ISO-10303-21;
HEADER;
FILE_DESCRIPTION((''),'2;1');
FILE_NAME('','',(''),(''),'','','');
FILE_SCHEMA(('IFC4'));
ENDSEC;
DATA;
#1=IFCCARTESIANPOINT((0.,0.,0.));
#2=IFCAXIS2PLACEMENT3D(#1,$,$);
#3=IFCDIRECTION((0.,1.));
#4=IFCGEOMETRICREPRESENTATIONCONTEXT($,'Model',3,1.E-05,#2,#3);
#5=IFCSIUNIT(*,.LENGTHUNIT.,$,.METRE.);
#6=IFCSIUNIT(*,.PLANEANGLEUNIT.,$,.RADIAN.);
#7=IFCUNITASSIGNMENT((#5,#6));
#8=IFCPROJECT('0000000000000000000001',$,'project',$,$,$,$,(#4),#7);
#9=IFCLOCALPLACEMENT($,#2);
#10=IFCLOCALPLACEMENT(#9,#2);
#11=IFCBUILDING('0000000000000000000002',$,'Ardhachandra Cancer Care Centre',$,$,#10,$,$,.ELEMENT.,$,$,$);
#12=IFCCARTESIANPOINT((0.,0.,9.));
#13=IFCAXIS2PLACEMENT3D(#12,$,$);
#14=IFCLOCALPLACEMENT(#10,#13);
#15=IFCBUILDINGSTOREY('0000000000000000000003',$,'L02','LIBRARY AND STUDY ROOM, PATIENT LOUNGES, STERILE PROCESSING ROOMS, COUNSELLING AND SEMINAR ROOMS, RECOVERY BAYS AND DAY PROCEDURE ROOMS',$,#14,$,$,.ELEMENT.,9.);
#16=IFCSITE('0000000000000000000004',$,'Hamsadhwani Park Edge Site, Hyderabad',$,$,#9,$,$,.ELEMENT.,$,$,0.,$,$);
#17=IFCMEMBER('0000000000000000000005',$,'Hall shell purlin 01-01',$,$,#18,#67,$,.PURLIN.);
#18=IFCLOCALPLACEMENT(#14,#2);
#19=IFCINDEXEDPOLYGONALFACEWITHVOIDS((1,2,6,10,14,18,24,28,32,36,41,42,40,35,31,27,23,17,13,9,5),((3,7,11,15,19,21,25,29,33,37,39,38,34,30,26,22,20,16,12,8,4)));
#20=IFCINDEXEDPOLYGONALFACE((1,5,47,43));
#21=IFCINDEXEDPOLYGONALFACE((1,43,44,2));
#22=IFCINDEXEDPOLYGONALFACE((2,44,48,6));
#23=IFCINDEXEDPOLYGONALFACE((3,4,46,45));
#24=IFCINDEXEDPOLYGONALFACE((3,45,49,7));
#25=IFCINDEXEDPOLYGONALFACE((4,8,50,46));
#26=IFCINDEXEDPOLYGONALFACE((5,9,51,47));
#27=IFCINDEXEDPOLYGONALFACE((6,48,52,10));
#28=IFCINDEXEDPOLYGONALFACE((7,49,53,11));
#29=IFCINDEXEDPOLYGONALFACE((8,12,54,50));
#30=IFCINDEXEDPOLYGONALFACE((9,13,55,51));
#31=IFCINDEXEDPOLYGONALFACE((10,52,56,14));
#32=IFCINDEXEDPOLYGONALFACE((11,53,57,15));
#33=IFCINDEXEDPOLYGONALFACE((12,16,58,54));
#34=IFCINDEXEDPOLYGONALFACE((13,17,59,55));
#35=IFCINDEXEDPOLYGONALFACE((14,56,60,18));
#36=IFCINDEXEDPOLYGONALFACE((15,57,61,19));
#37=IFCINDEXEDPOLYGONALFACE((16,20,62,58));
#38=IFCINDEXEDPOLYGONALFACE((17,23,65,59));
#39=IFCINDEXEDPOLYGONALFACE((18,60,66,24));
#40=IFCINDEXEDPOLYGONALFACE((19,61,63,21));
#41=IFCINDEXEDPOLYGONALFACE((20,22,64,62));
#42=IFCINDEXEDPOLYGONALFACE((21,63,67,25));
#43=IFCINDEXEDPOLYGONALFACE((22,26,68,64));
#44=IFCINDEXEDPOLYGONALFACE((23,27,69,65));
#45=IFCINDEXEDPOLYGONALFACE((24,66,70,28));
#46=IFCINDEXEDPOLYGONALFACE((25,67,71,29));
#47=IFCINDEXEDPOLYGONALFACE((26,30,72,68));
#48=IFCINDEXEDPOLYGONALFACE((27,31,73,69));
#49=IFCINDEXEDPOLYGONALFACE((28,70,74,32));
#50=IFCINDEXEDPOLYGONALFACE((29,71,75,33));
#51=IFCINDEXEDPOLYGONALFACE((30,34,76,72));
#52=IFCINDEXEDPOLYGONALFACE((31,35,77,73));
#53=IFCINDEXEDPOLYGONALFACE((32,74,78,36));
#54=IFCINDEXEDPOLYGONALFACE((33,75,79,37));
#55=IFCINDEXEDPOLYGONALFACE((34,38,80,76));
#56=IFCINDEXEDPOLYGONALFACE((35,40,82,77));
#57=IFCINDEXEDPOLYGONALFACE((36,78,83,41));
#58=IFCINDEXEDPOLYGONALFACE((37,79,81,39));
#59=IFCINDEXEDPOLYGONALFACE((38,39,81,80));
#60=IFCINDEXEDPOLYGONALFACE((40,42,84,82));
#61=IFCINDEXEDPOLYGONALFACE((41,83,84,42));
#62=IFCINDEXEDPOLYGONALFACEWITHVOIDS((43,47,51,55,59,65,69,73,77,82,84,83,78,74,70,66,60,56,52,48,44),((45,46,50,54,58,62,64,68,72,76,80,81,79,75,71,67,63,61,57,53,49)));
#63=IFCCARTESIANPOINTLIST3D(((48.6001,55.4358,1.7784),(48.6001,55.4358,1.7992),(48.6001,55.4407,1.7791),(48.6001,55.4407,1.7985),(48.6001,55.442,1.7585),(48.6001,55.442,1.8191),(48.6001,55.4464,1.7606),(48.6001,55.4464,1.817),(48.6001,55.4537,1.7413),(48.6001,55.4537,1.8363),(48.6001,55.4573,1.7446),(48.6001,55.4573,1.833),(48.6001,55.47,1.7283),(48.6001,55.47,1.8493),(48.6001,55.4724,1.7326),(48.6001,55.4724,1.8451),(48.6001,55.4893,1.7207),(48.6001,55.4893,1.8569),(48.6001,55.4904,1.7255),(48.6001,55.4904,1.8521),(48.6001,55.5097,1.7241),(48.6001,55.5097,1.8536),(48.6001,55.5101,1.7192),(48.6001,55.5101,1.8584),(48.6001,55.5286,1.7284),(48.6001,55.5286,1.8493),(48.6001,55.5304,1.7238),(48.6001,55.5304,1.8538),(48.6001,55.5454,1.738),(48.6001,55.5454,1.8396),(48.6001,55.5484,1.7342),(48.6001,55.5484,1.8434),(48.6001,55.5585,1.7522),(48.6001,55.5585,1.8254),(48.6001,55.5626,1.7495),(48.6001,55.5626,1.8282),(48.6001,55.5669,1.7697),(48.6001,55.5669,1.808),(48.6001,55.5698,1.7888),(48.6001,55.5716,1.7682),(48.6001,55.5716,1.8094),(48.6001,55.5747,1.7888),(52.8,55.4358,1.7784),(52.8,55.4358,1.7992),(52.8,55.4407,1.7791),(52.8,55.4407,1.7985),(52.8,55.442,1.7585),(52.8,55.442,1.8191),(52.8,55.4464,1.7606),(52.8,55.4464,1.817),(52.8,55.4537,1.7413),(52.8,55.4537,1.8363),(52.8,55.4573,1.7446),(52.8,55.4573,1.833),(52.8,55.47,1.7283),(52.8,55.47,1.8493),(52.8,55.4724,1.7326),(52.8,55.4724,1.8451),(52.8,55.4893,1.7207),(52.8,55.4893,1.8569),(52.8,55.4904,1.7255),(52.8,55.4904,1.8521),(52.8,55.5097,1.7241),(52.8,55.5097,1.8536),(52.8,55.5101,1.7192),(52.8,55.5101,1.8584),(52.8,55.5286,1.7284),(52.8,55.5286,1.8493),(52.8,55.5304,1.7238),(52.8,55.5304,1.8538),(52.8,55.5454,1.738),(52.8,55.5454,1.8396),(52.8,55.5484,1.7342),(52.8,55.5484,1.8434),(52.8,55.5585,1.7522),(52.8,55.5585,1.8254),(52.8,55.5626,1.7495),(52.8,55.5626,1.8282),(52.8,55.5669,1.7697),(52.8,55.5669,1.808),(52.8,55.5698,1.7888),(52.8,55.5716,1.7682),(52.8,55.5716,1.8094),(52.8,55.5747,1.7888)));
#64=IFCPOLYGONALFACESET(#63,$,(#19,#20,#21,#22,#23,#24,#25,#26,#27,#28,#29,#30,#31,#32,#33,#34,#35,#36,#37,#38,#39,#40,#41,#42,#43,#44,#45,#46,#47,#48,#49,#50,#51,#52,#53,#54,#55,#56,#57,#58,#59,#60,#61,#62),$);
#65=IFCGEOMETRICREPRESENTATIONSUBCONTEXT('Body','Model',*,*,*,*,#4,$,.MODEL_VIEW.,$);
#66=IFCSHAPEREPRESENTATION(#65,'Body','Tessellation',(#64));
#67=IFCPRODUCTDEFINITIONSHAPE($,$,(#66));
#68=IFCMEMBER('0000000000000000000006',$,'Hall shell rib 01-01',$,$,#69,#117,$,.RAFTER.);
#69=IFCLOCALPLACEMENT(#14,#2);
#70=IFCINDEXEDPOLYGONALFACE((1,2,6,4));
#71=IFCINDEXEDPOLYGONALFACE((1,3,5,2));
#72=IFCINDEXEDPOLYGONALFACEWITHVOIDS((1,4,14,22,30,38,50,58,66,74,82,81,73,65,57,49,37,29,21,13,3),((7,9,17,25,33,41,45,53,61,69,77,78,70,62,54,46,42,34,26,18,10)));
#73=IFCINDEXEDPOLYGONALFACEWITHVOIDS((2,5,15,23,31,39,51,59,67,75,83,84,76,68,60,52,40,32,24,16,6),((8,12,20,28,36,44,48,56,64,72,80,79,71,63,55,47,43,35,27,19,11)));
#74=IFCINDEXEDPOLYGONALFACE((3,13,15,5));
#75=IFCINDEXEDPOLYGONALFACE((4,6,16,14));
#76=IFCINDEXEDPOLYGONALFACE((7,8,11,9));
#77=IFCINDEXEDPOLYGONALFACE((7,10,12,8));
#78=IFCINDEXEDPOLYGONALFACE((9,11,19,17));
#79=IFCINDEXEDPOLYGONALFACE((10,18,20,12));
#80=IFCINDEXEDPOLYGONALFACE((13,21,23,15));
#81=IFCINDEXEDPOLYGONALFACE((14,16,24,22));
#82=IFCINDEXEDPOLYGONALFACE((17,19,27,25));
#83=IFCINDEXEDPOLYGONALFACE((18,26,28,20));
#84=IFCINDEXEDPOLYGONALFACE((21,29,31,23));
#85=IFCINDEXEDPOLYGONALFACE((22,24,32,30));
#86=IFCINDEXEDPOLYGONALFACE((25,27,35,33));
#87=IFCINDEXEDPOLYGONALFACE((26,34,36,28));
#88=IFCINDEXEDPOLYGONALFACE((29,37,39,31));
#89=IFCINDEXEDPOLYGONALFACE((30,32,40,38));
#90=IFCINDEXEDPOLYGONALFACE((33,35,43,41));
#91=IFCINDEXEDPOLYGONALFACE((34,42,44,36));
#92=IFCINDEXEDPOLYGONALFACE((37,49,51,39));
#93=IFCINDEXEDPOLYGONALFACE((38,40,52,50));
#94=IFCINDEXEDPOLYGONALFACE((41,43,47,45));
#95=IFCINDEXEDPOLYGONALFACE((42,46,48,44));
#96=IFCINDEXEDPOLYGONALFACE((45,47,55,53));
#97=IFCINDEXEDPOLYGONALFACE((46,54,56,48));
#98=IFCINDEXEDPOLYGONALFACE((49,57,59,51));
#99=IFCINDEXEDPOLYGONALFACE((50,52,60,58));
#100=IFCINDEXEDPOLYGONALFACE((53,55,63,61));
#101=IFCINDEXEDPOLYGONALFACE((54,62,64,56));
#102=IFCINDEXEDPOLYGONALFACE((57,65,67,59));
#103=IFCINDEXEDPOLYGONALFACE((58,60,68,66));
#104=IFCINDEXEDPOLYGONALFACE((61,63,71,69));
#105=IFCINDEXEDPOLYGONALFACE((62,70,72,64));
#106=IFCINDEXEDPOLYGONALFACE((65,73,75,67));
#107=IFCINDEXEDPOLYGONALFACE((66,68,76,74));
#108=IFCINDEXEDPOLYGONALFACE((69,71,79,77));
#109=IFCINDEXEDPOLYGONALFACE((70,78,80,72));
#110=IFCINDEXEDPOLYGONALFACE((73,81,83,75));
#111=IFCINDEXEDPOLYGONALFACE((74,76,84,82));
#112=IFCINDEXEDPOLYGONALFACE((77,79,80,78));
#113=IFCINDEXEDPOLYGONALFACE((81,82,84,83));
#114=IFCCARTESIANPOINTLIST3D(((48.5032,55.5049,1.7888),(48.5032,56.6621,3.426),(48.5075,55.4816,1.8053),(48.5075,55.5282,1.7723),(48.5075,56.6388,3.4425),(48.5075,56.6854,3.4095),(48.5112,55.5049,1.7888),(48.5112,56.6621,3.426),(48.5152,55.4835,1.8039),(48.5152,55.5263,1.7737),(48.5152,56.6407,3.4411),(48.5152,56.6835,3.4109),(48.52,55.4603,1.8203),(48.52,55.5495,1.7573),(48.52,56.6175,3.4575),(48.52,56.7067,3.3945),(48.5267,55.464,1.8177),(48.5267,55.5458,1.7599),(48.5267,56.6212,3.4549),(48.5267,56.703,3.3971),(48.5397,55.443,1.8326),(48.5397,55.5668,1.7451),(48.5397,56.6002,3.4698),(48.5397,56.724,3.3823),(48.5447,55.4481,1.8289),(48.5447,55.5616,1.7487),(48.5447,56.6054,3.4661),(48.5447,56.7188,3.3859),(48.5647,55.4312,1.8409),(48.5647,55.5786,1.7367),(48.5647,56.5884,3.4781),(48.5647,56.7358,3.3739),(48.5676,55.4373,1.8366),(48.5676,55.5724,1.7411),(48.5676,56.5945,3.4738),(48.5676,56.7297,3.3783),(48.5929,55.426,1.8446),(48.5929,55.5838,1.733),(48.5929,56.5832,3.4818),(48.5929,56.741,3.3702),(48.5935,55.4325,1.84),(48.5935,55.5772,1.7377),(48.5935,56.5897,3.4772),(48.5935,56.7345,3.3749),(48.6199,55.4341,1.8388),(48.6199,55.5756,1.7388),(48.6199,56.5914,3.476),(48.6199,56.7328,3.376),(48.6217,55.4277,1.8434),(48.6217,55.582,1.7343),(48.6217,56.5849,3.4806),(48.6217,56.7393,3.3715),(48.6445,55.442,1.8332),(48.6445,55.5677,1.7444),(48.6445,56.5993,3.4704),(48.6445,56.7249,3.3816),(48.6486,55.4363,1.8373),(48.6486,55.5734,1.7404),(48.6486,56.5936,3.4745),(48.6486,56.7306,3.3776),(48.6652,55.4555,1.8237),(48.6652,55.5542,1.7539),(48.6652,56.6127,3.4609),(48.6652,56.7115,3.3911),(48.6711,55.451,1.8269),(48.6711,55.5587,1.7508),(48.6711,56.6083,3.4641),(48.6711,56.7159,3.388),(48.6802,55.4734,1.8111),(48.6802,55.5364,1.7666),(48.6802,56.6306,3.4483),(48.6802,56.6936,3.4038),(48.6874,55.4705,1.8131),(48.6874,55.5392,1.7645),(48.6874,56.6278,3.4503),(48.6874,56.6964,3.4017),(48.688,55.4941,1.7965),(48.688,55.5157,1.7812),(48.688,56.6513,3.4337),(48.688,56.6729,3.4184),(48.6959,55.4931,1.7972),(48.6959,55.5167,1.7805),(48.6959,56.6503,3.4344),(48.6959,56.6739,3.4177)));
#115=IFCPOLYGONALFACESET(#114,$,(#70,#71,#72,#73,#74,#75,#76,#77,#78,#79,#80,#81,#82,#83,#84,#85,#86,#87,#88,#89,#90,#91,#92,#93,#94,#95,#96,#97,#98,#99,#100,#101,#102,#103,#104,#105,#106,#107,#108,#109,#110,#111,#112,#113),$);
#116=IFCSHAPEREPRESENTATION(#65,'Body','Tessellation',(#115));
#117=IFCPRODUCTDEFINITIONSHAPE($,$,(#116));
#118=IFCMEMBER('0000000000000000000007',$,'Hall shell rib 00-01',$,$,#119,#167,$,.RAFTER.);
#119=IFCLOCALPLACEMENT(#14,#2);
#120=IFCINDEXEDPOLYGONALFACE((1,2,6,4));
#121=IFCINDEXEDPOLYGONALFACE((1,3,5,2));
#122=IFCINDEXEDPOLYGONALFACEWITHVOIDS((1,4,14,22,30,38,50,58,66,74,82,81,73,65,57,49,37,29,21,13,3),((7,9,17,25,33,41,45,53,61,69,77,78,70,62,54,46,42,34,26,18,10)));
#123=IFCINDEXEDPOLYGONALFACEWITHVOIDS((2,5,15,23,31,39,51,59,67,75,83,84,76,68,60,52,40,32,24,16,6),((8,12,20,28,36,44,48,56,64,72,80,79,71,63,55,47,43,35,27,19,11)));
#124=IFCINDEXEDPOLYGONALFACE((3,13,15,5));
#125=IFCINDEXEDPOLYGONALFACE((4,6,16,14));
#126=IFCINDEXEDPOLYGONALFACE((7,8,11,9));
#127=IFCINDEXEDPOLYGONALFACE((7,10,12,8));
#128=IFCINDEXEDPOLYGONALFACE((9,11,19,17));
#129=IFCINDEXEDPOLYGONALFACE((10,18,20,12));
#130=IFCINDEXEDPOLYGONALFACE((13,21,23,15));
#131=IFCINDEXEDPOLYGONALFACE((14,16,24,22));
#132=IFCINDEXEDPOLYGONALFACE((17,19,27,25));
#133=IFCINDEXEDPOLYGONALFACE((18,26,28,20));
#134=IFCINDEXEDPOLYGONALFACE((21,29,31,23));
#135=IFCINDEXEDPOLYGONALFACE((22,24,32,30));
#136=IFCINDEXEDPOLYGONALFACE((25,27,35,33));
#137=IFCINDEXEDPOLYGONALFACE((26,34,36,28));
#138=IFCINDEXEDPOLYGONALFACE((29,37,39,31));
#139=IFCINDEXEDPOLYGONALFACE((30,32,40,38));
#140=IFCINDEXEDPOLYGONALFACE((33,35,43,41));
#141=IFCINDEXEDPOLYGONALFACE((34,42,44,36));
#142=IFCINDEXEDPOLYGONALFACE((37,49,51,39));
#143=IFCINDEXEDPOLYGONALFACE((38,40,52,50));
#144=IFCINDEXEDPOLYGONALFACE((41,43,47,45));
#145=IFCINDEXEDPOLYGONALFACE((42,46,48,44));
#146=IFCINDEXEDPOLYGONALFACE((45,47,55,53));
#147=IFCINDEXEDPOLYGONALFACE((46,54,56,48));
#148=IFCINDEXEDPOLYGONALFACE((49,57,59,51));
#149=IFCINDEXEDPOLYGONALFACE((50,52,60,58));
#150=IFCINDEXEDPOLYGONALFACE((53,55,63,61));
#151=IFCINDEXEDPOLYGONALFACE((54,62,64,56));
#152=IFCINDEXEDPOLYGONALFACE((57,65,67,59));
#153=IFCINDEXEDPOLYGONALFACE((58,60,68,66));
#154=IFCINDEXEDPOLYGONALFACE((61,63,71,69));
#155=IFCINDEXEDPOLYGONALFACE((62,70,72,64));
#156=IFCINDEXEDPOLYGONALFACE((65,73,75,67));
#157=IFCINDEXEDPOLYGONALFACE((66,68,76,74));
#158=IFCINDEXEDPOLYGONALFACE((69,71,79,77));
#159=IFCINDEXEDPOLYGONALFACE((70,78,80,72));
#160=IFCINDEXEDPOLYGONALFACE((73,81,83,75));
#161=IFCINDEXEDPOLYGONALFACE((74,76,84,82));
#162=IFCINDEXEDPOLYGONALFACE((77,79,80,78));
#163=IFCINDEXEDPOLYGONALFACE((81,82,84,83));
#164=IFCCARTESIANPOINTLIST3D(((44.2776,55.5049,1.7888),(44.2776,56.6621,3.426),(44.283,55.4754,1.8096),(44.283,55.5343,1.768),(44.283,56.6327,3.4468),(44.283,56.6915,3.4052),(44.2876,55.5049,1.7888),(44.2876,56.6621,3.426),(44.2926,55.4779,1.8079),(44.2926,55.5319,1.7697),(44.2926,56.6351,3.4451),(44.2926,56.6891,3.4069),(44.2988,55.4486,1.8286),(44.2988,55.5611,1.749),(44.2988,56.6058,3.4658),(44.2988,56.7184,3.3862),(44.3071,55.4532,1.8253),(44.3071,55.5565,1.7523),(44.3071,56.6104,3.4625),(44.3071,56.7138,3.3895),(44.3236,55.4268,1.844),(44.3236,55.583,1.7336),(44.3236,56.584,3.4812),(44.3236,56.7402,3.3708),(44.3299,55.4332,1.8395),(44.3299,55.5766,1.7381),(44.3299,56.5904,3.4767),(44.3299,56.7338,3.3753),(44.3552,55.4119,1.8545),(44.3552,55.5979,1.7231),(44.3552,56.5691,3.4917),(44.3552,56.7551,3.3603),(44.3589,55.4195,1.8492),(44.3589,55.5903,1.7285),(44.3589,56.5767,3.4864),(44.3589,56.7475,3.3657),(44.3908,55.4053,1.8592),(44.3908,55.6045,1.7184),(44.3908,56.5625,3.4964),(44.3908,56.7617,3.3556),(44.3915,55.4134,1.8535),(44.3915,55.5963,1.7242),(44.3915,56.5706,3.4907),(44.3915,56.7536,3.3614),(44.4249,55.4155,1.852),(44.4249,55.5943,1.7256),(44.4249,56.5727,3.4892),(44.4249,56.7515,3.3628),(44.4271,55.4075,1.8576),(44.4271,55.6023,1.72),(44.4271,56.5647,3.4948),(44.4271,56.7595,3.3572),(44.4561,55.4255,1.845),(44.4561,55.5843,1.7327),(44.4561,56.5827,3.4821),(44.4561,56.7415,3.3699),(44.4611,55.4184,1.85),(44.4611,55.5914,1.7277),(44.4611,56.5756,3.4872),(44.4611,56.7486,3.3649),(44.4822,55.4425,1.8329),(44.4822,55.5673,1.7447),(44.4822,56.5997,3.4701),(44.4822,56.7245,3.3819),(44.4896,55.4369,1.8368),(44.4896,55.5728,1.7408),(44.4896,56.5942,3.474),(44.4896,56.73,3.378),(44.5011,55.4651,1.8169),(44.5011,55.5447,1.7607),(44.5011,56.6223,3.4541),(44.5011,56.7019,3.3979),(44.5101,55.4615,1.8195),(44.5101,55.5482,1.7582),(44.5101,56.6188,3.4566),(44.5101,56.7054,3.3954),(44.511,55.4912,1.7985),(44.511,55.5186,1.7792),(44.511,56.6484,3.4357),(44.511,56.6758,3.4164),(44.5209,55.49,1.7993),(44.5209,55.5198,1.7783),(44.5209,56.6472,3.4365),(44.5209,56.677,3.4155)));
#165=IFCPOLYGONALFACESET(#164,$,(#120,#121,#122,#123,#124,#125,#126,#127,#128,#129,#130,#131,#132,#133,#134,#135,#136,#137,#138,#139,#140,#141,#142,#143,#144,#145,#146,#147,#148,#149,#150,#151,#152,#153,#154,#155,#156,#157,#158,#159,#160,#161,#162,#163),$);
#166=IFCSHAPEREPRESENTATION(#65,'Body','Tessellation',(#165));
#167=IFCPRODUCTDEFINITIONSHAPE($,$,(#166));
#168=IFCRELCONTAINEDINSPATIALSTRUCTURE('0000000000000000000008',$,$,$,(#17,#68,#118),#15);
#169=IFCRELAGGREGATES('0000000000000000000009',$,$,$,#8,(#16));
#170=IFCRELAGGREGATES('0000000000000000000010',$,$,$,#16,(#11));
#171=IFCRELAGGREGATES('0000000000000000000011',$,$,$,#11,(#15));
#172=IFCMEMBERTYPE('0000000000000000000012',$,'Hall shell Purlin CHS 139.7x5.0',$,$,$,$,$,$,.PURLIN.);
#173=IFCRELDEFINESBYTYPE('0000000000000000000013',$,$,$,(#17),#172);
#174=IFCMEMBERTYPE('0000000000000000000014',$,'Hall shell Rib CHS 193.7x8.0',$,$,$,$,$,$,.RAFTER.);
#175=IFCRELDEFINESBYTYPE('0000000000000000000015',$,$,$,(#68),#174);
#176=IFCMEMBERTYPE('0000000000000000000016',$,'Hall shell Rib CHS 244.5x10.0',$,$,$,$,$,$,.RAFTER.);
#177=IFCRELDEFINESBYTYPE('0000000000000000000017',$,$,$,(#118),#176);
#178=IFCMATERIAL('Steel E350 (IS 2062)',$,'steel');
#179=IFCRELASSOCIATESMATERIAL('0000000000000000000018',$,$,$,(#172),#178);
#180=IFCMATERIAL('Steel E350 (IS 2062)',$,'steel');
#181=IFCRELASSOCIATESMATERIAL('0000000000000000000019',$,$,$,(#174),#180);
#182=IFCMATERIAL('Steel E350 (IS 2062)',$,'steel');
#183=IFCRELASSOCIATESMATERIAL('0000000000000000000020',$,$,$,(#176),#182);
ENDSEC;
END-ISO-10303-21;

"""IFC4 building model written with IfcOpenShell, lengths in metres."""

from ifc_helpers import new_model, si_unit, direction, frame, origin, origin_2d, place, context, subcontext, project, spatial, hollow_circle, extrude, material, material_profile, profile_set, type_object, element, save


model = new_model("IFC4")

# Units and contexts
model_context = context("Model", 3, precision=1e-05, world=origin(), true_north=direction((0.0, 1.0)))
body_context = subcontext(model_context, "Body", "Model", "MODEL_VIEW")
ifc_project = project(units=[si_unit("LENGTHUNIT", "METRE"), si_unit("PLANEANGLEUNIT", "RADIAN")], contexts=[model_context])

# Site, building, storey
site_placement = place(None, origin())
site = spatial("IfcSite", under=ifc_project, at=site_placement, Name="Hamsadhwani Park Edge Site, Hyderabad", CompositionType="ELEMENT", RefElevation=0.0)
building_placement = place(site_placement, origin())
building = spatial("IfcBuilding", under=site, at=building_placement, Name="Ardhachandra Cancer Care Centre", CompositionType="ELEMENT")
storey_placement = place(building_placement, frame((0.0, 0.0, 9.0)))
storey = spatial("IfcBuildingStorey", under=building, at=storey_placement, Name="L02", Description="LIBRARY AND STUDY ROOM, PATIENT LOUNGES, STERILE PROCESSING ROOMS, COUNSELLING AND SEMINAR ROOMS, RECOVERY BAYS AND DAY PROCEDURE ROOMS", CompositionType="ELEMENT", Elevation=9.0)

# Members
ifc_material_1 = material(Name="Steel E350 (IS 2062)", Category="steel")
ifc_material_profile_1 = material_profile(ifc_material_1, hollow_circle(Radius=0.0698, WallThickness=0.0049, at=origin_2d()), Name="CHS 139.7x5.0")
ifc_profile_set_1 = profile_set([ifc_material_profile_1], Name="Steel E350 (IS 2062)")
member_type_1 = type_object("IfcMemberType", Name="Hall shell Purlin CHS 139.7x5.0", PredefinedType="PURLIN", material=ifc_profile_set_1)
member_1_placement = place(storey_placement, frame((48.6001, 55.5049, 1.7888), z_axis=(1.0, 0.0, 0.0), x_axis=(0.0, 1.0, 0.0)))
element("IfcMember", 1, at=member_1_placement, inside=storey, type_object=member_type_1, Name="Hall shell purlin 01-01", PredefinedType="PURLIN", context=body_context, shape_type="SweptSolid", body=[
    extrude(hollow_circle(Radius=0.0698, WallThickness=0.0049, at=origin_2d()), origin(), (0.0, 0.0, 1.0), 4.2),
])
ifc_material_2 = material(Name="Steel E350 (IS 2062)", Category="steel")
ifc_material_profile_2 = material_profile(ifc_material_2, hollow_circle(Radius=0.0969, WallThickness=0.0081, at=origin_2d()), Name="CHS 193.7x8.0")
ifc_profile_set_2 = profile_set([ifc_material_profile_2], Name="Steel E350 (IS 2062)")
member_type_2 = type_object("IfcMemberType", Name="Hall shell Rib CHS 193.7x8.0", PredefinedType="RAFTER", material=ifc_profile_set_2)
member_2_placement = place(storey_placement, frame((48.6001, 55.5049, 1.7888), z_axis=(0.0, 0.577199, 0.816603), x_axis=(-1.0, 0.0, 0.0)))
element("IfcMember", 2, at=member_2_placement, inside=storey, type_object=member_type_2, Name="Hall shell rib 01-01", PredefinedType="RAFTER", context=body_context, shape_type="SweptSolid", body=[
    extrude(hollow_circle(Radius=0.0969, WallThickness=0.0081, at=origin_2d()), origin(), (0.0, 0.0, 1.0), 2.0049),
])
ifc_material_3 = material(Name="Steel E350 (IS 2062)", Category="steel")
ifc_material_profile_3 = material_profile(ifc_material_3, hollow_circle(Radius=0.1223, WallThickness=0.01, at=origin_2d()), Name="CHS 244.5x10.0")
ifc_profile_set_3 = profile_set([ifc_material_profile_3], Name="Steel E350 (IS 2062)")
member_type_3 = type_object("IfcMemberType", Name="Hall shell Rib CHS 244.5x10.0", PredefinedType="RAFTER", material=ifc_profile_set_3)
member_3_placement = place(storey_placement, frame((44.3999, 55.5049, 1.7888), z_axis=(0.0, 0.577199, 0.816603), x_axis=(-1.0, 0.0, 0.0)))
element("IfcMember", 3, at=member_3_placement, inside=storey, type_object=member_type_3, Name="Hall shell rib 00-01", PredefinedType="RAFTER", context=body_context, shape_type="SweptSolid", body=[
    extrude(hollow_circle(Radius=0.1223, WallThickness=0.01, at=origin_2d()), origin(), (0.0, 0.0, 1.0), 2.0049),
])

save(model, "model.ifc")
